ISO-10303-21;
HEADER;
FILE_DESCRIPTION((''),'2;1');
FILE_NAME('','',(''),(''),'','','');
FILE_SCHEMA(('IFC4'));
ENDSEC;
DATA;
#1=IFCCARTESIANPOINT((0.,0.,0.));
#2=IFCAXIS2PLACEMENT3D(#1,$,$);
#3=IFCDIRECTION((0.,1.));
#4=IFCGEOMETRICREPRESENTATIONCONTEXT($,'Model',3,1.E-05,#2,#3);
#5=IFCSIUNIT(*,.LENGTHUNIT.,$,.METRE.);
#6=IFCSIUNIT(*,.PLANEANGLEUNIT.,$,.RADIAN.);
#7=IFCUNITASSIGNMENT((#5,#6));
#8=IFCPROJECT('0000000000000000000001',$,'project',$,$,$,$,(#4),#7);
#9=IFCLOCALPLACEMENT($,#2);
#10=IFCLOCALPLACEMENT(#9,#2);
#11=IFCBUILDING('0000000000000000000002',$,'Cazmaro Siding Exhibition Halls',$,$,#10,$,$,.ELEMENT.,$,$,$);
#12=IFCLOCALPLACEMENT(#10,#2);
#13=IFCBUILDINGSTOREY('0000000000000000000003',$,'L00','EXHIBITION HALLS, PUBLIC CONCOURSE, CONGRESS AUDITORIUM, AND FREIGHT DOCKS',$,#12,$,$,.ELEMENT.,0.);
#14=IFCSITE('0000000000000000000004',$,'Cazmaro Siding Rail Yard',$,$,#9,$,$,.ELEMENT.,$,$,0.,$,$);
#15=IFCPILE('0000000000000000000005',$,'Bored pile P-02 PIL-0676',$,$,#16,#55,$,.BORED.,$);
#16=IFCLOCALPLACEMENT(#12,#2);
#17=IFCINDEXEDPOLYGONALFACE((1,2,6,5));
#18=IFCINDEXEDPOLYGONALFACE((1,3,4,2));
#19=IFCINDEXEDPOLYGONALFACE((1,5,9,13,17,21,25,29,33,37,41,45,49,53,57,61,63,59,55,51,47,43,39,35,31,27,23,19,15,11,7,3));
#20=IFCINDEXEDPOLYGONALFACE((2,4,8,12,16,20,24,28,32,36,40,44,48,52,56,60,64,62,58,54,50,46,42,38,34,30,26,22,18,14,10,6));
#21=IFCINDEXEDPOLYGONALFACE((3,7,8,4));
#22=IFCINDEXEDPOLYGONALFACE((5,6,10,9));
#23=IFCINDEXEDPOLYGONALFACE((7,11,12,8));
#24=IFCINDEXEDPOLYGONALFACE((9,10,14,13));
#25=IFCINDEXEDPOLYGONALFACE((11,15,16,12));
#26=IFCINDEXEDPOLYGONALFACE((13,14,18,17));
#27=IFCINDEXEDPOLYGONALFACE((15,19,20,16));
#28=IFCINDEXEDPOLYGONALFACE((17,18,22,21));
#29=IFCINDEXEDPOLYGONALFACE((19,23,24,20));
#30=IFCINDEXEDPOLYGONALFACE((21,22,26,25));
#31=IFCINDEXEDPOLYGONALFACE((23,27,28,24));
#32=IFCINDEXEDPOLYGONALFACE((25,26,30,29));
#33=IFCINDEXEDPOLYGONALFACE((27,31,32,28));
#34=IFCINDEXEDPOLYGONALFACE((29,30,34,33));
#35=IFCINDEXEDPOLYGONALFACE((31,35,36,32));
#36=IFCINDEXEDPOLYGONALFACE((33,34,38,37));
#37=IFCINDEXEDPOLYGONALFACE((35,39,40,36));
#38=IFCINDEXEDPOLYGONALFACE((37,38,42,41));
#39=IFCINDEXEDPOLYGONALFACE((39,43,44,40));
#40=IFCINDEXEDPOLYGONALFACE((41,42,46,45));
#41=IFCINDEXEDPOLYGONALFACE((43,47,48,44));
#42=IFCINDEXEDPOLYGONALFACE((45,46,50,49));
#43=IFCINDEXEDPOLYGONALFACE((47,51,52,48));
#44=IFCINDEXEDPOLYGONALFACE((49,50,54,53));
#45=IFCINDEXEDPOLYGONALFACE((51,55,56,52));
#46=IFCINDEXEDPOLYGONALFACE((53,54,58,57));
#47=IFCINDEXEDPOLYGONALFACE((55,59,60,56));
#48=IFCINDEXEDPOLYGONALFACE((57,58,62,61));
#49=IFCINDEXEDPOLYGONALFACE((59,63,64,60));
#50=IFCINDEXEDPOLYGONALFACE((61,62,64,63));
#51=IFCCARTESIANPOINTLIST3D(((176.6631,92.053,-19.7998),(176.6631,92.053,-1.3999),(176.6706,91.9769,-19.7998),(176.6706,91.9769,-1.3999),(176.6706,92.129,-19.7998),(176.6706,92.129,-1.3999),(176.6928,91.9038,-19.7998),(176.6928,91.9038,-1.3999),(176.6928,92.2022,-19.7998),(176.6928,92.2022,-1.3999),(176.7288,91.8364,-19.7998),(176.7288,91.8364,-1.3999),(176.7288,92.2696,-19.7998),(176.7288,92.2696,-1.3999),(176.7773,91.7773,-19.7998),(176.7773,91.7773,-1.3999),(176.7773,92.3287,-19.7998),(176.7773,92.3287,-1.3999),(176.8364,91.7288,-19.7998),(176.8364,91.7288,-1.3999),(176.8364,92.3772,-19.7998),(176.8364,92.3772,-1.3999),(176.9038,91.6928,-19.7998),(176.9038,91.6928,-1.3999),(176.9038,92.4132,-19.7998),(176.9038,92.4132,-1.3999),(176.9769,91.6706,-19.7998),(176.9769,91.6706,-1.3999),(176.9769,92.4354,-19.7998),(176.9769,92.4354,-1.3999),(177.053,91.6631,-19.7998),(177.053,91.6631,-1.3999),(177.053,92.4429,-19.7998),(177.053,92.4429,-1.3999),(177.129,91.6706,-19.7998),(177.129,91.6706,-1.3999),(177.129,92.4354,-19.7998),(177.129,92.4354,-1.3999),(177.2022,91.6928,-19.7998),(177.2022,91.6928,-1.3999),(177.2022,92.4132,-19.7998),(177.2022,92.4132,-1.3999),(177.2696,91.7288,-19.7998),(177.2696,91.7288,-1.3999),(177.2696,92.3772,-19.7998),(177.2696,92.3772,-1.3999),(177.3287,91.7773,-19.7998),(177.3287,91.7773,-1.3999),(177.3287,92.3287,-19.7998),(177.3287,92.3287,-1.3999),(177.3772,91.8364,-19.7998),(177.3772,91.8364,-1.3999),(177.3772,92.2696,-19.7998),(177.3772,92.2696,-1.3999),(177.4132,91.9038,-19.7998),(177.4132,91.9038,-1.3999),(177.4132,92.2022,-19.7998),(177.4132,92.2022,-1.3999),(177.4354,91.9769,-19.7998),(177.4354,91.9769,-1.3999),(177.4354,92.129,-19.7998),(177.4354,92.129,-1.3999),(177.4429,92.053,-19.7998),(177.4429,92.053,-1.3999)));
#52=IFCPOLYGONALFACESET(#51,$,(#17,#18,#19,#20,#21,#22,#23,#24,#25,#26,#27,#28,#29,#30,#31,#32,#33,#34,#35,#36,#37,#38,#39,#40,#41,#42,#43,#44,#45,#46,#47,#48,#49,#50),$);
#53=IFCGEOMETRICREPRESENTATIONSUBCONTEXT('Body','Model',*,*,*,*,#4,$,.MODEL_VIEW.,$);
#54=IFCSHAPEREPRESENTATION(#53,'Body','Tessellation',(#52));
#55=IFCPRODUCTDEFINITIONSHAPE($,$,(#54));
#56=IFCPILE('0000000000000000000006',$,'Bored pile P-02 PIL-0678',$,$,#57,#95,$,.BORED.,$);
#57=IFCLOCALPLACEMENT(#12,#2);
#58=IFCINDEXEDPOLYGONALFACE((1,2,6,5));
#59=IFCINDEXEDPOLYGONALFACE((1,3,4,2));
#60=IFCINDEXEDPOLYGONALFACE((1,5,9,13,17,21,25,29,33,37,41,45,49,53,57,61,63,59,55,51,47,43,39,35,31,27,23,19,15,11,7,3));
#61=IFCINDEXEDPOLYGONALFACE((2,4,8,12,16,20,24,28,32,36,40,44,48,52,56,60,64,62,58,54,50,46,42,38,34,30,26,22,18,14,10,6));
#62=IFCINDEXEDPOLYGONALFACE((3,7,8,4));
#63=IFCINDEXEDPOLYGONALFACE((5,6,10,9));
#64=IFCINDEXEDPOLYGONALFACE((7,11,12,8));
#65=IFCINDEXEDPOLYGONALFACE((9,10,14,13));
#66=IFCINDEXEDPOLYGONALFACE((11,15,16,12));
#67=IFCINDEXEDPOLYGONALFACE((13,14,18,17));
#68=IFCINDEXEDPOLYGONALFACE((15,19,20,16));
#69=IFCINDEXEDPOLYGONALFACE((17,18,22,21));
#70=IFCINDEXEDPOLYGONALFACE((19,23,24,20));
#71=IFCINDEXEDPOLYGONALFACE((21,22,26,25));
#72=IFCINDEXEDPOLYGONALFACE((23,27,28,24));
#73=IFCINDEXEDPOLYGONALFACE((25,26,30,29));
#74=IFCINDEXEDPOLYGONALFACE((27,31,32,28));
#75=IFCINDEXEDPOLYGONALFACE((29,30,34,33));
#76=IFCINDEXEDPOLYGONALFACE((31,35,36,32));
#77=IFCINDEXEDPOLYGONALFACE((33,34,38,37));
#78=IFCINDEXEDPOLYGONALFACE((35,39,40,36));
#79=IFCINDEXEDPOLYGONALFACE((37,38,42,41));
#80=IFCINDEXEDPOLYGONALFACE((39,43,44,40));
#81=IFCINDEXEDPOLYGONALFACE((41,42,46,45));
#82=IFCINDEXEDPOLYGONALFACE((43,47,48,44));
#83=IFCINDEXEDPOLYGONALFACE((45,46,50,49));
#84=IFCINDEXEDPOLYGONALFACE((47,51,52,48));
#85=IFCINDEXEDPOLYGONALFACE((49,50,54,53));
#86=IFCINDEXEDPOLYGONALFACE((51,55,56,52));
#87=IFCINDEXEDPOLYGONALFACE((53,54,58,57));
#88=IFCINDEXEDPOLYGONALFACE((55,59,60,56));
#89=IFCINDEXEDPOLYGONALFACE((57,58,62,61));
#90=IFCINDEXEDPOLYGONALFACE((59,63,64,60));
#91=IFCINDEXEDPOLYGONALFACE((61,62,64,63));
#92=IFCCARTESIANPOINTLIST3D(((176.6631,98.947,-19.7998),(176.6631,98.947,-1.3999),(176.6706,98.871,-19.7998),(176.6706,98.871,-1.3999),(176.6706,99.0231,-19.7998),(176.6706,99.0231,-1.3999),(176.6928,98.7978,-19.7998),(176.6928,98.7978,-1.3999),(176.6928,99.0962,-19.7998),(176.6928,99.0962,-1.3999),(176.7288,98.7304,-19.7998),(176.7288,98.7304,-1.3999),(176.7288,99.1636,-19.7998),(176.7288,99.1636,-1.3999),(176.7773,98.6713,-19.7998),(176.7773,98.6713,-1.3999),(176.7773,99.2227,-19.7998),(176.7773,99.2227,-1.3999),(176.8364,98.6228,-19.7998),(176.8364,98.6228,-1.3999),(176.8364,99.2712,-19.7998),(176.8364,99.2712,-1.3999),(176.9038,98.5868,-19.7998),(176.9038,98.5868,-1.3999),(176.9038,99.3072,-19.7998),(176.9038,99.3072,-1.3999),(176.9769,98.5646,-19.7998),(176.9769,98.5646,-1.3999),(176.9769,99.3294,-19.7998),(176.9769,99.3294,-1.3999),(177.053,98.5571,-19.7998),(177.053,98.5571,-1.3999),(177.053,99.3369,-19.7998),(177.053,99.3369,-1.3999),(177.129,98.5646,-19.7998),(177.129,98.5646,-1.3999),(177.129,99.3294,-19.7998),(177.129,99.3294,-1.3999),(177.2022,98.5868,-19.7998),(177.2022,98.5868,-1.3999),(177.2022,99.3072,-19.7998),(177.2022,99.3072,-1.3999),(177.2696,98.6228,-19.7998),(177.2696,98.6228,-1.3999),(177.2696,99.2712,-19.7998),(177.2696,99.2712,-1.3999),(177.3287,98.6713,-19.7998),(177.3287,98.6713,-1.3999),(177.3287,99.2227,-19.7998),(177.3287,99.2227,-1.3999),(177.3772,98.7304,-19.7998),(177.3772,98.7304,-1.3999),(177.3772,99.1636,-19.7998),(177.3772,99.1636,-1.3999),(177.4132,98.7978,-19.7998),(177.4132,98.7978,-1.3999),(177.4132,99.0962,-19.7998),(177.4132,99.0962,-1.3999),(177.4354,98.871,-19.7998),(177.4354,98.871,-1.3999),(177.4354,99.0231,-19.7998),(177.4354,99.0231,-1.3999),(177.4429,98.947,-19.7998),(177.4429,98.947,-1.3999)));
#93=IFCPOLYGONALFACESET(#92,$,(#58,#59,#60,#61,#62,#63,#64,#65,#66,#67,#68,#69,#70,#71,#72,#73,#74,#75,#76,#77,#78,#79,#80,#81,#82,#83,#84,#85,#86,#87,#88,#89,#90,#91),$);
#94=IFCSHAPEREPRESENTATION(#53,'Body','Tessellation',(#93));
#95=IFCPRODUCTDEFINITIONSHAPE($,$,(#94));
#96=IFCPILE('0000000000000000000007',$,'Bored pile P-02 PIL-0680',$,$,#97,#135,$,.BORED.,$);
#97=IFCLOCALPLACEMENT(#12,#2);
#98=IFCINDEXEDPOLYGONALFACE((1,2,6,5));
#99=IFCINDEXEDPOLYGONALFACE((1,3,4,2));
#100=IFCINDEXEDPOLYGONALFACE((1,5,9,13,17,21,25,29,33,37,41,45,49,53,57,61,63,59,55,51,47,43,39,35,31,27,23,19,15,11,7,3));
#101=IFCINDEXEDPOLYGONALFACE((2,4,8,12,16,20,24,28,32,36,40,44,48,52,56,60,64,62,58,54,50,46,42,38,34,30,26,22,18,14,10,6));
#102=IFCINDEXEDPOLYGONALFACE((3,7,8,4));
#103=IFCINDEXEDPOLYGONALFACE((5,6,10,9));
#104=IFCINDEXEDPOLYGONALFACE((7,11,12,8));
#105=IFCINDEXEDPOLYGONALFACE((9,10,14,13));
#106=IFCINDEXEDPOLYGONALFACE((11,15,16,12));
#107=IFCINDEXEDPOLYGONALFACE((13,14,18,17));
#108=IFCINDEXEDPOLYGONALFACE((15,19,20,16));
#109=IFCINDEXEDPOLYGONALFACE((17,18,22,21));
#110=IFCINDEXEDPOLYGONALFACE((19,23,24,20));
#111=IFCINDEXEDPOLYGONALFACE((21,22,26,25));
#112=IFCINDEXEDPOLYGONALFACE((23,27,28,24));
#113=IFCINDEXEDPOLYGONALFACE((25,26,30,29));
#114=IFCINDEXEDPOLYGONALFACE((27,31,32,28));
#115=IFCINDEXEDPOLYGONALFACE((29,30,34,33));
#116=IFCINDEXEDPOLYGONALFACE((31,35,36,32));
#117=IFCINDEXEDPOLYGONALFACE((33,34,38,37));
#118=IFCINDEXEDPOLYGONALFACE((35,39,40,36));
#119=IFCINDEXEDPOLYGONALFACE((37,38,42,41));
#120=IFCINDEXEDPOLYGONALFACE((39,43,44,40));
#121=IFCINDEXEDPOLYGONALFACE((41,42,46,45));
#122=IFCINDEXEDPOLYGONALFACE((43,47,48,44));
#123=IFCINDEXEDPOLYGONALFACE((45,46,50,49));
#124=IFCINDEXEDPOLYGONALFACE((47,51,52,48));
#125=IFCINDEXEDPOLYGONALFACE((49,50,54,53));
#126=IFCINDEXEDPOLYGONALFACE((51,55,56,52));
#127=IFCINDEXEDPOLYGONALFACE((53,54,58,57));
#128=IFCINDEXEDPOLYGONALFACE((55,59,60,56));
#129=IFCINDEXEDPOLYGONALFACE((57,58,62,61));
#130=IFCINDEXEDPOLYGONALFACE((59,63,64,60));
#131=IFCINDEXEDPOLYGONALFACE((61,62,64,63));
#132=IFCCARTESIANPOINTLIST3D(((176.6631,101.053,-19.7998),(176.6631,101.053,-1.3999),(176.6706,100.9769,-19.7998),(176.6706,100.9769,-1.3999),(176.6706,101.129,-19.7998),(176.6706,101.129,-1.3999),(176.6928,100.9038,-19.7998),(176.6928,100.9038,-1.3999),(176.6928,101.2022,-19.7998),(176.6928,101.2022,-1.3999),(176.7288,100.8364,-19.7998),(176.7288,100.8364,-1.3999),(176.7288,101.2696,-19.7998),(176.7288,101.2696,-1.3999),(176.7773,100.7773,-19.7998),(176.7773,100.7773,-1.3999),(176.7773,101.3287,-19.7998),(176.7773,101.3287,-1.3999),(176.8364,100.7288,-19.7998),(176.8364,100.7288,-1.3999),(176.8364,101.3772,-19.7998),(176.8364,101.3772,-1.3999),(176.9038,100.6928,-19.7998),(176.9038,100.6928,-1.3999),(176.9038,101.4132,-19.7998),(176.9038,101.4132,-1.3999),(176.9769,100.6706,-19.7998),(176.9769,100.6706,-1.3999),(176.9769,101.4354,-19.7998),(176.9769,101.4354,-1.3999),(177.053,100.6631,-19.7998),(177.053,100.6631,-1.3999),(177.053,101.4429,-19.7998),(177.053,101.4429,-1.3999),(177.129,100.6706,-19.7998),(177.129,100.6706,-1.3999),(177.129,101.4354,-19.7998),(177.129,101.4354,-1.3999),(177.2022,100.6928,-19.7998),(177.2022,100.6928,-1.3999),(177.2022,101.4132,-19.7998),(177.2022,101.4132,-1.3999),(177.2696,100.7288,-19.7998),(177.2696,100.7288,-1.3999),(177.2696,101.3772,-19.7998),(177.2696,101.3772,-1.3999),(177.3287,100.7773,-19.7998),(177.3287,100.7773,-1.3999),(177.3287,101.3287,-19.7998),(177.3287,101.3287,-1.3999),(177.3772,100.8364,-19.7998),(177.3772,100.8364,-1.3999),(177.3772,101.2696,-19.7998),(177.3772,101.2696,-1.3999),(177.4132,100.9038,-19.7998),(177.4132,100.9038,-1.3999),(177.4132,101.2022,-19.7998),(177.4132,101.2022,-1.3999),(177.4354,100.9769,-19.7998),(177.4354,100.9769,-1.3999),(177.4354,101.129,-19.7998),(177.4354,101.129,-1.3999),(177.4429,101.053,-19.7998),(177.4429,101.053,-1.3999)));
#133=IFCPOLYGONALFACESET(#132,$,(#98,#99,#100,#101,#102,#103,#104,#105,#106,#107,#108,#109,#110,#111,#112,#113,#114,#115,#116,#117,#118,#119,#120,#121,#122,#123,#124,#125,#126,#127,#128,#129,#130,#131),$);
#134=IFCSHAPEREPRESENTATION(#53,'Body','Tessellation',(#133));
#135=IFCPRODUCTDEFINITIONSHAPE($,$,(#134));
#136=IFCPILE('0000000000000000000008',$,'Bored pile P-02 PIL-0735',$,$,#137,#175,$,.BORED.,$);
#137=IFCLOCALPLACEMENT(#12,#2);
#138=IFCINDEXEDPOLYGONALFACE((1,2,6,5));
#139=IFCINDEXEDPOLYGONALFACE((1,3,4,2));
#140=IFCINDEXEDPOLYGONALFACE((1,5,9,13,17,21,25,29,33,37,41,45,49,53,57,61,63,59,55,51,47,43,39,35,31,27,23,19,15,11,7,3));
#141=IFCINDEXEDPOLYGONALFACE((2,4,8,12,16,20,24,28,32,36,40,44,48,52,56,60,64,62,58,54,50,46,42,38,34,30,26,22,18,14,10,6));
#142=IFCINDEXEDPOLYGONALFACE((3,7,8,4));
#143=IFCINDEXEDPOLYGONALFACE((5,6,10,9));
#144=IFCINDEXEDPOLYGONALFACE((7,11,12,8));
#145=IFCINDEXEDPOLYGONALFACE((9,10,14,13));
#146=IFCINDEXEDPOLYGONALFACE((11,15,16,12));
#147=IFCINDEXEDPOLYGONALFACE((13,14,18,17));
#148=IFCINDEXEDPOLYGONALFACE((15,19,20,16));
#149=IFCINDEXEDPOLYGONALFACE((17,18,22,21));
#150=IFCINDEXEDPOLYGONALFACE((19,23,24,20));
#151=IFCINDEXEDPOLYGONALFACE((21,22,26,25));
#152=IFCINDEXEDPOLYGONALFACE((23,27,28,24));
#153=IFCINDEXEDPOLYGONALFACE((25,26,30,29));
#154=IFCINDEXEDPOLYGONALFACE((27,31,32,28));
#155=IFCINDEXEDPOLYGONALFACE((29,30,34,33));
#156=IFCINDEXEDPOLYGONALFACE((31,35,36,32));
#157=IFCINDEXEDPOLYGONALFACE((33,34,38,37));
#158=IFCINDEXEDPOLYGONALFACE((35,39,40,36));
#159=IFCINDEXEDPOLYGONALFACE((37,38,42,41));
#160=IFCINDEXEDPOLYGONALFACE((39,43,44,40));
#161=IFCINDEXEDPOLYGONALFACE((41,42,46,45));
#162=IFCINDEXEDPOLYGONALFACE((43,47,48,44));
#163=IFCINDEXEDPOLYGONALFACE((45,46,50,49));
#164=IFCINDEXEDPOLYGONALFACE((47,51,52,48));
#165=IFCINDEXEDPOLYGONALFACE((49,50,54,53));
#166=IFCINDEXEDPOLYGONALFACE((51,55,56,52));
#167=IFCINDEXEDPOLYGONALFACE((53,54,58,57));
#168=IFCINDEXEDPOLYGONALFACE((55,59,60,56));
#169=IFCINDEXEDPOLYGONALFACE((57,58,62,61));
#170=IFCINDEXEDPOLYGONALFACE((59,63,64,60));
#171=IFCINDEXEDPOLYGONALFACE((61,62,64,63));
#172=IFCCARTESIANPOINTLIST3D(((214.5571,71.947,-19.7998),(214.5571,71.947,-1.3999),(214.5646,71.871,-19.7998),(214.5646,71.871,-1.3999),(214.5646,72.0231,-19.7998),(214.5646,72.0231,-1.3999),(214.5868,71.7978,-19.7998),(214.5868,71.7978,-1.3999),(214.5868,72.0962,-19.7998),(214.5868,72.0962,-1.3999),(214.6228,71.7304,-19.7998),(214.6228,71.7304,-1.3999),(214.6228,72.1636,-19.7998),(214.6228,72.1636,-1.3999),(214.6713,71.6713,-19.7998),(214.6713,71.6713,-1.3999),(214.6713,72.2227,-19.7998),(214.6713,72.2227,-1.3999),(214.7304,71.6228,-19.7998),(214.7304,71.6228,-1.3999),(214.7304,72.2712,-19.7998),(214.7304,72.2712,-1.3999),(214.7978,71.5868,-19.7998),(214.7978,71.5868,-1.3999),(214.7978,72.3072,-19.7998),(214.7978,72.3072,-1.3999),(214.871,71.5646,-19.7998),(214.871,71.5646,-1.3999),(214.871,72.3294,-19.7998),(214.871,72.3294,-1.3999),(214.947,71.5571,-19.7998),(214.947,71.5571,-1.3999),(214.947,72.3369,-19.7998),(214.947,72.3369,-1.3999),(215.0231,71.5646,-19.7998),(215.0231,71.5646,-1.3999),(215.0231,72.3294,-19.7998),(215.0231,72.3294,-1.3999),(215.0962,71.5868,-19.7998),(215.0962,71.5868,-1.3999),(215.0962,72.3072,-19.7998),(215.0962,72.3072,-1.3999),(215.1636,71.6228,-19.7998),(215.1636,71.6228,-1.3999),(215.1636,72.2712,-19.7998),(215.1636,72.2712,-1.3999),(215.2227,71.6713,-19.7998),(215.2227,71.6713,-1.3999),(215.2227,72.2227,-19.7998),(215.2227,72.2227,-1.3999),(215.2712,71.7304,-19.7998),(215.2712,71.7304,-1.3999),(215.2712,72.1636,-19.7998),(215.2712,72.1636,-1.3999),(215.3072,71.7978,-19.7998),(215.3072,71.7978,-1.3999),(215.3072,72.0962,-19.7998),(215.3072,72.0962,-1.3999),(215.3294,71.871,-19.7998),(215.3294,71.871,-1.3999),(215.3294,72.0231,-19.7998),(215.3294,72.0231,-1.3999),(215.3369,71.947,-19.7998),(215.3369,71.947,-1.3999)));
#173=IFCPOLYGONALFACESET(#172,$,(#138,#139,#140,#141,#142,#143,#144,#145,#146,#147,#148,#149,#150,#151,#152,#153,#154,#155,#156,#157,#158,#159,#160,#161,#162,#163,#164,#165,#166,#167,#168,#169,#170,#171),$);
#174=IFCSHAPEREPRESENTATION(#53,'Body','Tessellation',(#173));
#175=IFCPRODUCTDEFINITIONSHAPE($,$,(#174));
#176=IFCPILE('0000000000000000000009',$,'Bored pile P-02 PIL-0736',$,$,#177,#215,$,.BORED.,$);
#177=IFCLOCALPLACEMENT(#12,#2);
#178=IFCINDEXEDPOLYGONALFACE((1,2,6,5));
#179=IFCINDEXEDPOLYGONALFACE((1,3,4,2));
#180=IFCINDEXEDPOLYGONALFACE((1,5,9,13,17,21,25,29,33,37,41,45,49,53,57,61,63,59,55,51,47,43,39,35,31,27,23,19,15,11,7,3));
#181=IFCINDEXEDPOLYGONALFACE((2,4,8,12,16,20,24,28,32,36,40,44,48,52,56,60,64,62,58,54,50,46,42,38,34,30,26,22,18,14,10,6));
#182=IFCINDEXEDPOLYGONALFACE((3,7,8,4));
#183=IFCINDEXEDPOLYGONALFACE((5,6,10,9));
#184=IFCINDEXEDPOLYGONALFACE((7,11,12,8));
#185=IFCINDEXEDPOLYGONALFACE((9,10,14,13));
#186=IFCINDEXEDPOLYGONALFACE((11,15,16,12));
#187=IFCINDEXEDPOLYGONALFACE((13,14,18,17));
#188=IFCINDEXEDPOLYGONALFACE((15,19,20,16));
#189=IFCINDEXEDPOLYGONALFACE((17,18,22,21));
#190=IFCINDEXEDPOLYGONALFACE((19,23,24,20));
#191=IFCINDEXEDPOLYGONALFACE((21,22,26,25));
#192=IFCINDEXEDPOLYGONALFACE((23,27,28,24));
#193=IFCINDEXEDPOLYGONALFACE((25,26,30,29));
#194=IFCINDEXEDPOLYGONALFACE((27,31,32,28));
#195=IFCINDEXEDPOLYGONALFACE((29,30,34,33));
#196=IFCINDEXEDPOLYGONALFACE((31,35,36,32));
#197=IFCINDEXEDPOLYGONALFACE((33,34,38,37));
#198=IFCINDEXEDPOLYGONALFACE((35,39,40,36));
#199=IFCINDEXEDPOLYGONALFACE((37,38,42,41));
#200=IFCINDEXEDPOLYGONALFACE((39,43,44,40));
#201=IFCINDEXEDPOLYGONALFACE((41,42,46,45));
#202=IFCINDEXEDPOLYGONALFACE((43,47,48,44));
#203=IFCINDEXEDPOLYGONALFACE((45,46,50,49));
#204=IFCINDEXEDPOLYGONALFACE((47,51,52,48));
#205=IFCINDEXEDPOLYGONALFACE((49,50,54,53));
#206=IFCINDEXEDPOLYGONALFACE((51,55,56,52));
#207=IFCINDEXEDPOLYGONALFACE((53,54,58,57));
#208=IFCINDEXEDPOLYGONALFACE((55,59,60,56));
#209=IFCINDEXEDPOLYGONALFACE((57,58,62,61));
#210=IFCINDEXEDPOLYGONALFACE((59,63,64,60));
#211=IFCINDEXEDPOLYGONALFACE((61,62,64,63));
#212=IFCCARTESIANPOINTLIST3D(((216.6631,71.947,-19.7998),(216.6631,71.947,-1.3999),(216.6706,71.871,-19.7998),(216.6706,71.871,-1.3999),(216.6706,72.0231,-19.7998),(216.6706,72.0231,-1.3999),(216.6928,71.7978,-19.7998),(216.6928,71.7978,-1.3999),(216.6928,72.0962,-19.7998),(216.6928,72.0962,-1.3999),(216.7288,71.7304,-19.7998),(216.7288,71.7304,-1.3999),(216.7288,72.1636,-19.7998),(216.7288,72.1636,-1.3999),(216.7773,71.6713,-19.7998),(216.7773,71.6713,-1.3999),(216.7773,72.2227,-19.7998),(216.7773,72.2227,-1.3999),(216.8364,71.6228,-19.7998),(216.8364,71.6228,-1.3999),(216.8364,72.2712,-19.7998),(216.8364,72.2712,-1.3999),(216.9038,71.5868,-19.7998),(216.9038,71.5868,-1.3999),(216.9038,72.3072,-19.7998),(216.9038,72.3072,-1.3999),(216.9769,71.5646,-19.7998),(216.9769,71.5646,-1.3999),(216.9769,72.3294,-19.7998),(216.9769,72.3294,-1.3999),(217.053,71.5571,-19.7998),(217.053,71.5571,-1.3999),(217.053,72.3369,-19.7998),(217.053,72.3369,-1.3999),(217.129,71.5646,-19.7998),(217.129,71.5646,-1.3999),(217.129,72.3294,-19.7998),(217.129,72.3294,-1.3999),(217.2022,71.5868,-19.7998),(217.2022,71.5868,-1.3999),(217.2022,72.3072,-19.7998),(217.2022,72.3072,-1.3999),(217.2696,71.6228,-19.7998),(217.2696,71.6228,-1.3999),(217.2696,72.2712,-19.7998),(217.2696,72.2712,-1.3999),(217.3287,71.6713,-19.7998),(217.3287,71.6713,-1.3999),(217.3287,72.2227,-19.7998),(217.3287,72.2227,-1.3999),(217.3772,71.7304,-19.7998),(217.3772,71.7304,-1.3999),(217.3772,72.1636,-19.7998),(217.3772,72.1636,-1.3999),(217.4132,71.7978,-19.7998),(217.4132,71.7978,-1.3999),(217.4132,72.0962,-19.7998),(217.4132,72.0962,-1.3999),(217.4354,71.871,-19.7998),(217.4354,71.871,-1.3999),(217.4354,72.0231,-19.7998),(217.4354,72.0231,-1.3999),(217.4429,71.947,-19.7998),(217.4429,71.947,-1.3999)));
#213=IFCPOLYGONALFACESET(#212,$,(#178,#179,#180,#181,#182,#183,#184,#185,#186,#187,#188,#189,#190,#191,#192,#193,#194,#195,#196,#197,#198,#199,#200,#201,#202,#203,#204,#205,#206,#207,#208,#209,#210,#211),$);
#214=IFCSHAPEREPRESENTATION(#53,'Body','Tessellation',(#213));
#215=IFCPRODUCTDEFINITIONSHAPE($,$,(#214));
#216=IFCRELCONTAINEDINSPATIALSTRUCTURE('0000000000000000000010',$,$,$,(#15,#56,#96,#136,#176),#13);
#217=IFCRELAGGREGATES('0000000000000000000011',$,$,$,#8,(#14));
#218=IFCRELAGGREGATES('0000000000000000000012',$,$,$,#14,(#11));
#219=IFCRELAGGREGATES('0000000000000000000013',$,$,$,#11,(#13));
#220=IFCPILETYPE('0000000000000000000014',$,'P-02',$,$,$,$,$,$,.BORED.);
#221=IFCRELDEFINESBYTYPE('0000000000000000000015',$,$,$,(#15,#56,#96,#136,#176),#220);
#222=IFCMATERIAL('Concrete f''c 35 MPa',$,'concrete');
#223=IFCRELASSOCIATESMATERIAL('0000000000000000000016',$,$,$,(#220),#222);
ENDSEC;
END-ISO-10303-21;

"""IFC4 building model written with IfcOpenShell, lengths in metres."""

from ifc_helpers import new_model, si_unit, direction, frame, origin, origin_2d, place, context, subcontext, project, spatial, circle, extrude, material, material_profile, profile_set, type_object, element, save


model = new_model("IFC4")

# Units and contexts
model_context = context("Model", 3, precision=1e-05, world=origin(), true_north=direction((0.0, 1.0)))
body_context = subcontext(model_context, "Body", "Model", "MODEL_VIEW")
ifc_project = project(units=[si_unit("LENGTHUNIT", "METRE"), si_unit("PLANEANGLEUNIT", "RADIAN")], contexts=[model_context])

# Site, building, storey
site_placement = place(None, origin())
site = spatial("IfcSite", under=ifc_project, at=site_placement, Name="Cazmaro Siding Rail Yard", CompositionType="ELEMENT", RefElevation=0.0)
building_placement = place(site_placement, origin())
building = spatial("IfcBuilding", under=site, at=building_placement, Name="Cazmaro Siding Exhibition Halls", CompositionType="ELEMENT")
storey_placement = place(building_placement, origin())
storey = spatial("IfcBuildingStorey", under=building, at=storey_placement, Name="L00", Description="EXHIBITION HALLS, PUBLIC CONCOURSE, CONGRESS AUDITORIUM, AND FREIGHT DOCKS", CompositionType="ELEMENT", Elevation=0.0)

# Piles
ifc_material_1 = material(Name="Concrete f'c 35 MPa", Category="concrete")
ifc_material_profile_1 = material_profile(ifc_material_1, circle(Radius=0.3899, at=origin_2d()), Name="CIDH-780")
ifc_profile_set_1 = profile_set([ifc_material_profile_1], Name="Concrete f'c 35 MPa")
pile_type = type_object("IfcPileType", Name="P-02", PredefinedType="BORED", material=ifc_profile_set_1)
for number, where, z_axis, x_axis, name in (
    (1, (177.053, 92.053, -1.3999), (0.0, 0.0, -1.0), (1.0, 0.0, 0.0), "Bored pile P-02 PIL-0676"),
    (2, (177.053, 98.947, -1.3999), (0.0, 0.0, -1.0), (1.0, 0.0, 0.0), "Bored pile P-02 PIL-0678"),
    (3, (177.053, 101.053, -1.3999), (0.0, 0.0, -1.0), (1.0, 0.0, 0.0), "Bored pile P-02 PIL-0680"),
    (4, (214.947, 71.947, -1.3999), (0.0, 0.0, -1.0), (1.0, 0.0, 0.0), "Bored pile P-02 PIL-0735"),
    (5, (217.053, 71.947, -1.3999), (0.0, 0.0, -1.0), (1.0, 0.0, 0.0), "Bored pile P-02 PIL-0736"),
):
    element("IfcPile", number, at=place(storey_placement, frame(where, z_axis=z_axis, x_axis=x_axis)), inside=storey, type_object=pile_type, Name=name, PredefinedType="BORED", context=body_context, shape_type="SweptSolid", body=[
        extrude(circle(Radius=0.3899, at=origin_2d()), origin(), (0.0, 0.0, 1.0), 18.3999),
    ])

save(model, "model.ifc")
